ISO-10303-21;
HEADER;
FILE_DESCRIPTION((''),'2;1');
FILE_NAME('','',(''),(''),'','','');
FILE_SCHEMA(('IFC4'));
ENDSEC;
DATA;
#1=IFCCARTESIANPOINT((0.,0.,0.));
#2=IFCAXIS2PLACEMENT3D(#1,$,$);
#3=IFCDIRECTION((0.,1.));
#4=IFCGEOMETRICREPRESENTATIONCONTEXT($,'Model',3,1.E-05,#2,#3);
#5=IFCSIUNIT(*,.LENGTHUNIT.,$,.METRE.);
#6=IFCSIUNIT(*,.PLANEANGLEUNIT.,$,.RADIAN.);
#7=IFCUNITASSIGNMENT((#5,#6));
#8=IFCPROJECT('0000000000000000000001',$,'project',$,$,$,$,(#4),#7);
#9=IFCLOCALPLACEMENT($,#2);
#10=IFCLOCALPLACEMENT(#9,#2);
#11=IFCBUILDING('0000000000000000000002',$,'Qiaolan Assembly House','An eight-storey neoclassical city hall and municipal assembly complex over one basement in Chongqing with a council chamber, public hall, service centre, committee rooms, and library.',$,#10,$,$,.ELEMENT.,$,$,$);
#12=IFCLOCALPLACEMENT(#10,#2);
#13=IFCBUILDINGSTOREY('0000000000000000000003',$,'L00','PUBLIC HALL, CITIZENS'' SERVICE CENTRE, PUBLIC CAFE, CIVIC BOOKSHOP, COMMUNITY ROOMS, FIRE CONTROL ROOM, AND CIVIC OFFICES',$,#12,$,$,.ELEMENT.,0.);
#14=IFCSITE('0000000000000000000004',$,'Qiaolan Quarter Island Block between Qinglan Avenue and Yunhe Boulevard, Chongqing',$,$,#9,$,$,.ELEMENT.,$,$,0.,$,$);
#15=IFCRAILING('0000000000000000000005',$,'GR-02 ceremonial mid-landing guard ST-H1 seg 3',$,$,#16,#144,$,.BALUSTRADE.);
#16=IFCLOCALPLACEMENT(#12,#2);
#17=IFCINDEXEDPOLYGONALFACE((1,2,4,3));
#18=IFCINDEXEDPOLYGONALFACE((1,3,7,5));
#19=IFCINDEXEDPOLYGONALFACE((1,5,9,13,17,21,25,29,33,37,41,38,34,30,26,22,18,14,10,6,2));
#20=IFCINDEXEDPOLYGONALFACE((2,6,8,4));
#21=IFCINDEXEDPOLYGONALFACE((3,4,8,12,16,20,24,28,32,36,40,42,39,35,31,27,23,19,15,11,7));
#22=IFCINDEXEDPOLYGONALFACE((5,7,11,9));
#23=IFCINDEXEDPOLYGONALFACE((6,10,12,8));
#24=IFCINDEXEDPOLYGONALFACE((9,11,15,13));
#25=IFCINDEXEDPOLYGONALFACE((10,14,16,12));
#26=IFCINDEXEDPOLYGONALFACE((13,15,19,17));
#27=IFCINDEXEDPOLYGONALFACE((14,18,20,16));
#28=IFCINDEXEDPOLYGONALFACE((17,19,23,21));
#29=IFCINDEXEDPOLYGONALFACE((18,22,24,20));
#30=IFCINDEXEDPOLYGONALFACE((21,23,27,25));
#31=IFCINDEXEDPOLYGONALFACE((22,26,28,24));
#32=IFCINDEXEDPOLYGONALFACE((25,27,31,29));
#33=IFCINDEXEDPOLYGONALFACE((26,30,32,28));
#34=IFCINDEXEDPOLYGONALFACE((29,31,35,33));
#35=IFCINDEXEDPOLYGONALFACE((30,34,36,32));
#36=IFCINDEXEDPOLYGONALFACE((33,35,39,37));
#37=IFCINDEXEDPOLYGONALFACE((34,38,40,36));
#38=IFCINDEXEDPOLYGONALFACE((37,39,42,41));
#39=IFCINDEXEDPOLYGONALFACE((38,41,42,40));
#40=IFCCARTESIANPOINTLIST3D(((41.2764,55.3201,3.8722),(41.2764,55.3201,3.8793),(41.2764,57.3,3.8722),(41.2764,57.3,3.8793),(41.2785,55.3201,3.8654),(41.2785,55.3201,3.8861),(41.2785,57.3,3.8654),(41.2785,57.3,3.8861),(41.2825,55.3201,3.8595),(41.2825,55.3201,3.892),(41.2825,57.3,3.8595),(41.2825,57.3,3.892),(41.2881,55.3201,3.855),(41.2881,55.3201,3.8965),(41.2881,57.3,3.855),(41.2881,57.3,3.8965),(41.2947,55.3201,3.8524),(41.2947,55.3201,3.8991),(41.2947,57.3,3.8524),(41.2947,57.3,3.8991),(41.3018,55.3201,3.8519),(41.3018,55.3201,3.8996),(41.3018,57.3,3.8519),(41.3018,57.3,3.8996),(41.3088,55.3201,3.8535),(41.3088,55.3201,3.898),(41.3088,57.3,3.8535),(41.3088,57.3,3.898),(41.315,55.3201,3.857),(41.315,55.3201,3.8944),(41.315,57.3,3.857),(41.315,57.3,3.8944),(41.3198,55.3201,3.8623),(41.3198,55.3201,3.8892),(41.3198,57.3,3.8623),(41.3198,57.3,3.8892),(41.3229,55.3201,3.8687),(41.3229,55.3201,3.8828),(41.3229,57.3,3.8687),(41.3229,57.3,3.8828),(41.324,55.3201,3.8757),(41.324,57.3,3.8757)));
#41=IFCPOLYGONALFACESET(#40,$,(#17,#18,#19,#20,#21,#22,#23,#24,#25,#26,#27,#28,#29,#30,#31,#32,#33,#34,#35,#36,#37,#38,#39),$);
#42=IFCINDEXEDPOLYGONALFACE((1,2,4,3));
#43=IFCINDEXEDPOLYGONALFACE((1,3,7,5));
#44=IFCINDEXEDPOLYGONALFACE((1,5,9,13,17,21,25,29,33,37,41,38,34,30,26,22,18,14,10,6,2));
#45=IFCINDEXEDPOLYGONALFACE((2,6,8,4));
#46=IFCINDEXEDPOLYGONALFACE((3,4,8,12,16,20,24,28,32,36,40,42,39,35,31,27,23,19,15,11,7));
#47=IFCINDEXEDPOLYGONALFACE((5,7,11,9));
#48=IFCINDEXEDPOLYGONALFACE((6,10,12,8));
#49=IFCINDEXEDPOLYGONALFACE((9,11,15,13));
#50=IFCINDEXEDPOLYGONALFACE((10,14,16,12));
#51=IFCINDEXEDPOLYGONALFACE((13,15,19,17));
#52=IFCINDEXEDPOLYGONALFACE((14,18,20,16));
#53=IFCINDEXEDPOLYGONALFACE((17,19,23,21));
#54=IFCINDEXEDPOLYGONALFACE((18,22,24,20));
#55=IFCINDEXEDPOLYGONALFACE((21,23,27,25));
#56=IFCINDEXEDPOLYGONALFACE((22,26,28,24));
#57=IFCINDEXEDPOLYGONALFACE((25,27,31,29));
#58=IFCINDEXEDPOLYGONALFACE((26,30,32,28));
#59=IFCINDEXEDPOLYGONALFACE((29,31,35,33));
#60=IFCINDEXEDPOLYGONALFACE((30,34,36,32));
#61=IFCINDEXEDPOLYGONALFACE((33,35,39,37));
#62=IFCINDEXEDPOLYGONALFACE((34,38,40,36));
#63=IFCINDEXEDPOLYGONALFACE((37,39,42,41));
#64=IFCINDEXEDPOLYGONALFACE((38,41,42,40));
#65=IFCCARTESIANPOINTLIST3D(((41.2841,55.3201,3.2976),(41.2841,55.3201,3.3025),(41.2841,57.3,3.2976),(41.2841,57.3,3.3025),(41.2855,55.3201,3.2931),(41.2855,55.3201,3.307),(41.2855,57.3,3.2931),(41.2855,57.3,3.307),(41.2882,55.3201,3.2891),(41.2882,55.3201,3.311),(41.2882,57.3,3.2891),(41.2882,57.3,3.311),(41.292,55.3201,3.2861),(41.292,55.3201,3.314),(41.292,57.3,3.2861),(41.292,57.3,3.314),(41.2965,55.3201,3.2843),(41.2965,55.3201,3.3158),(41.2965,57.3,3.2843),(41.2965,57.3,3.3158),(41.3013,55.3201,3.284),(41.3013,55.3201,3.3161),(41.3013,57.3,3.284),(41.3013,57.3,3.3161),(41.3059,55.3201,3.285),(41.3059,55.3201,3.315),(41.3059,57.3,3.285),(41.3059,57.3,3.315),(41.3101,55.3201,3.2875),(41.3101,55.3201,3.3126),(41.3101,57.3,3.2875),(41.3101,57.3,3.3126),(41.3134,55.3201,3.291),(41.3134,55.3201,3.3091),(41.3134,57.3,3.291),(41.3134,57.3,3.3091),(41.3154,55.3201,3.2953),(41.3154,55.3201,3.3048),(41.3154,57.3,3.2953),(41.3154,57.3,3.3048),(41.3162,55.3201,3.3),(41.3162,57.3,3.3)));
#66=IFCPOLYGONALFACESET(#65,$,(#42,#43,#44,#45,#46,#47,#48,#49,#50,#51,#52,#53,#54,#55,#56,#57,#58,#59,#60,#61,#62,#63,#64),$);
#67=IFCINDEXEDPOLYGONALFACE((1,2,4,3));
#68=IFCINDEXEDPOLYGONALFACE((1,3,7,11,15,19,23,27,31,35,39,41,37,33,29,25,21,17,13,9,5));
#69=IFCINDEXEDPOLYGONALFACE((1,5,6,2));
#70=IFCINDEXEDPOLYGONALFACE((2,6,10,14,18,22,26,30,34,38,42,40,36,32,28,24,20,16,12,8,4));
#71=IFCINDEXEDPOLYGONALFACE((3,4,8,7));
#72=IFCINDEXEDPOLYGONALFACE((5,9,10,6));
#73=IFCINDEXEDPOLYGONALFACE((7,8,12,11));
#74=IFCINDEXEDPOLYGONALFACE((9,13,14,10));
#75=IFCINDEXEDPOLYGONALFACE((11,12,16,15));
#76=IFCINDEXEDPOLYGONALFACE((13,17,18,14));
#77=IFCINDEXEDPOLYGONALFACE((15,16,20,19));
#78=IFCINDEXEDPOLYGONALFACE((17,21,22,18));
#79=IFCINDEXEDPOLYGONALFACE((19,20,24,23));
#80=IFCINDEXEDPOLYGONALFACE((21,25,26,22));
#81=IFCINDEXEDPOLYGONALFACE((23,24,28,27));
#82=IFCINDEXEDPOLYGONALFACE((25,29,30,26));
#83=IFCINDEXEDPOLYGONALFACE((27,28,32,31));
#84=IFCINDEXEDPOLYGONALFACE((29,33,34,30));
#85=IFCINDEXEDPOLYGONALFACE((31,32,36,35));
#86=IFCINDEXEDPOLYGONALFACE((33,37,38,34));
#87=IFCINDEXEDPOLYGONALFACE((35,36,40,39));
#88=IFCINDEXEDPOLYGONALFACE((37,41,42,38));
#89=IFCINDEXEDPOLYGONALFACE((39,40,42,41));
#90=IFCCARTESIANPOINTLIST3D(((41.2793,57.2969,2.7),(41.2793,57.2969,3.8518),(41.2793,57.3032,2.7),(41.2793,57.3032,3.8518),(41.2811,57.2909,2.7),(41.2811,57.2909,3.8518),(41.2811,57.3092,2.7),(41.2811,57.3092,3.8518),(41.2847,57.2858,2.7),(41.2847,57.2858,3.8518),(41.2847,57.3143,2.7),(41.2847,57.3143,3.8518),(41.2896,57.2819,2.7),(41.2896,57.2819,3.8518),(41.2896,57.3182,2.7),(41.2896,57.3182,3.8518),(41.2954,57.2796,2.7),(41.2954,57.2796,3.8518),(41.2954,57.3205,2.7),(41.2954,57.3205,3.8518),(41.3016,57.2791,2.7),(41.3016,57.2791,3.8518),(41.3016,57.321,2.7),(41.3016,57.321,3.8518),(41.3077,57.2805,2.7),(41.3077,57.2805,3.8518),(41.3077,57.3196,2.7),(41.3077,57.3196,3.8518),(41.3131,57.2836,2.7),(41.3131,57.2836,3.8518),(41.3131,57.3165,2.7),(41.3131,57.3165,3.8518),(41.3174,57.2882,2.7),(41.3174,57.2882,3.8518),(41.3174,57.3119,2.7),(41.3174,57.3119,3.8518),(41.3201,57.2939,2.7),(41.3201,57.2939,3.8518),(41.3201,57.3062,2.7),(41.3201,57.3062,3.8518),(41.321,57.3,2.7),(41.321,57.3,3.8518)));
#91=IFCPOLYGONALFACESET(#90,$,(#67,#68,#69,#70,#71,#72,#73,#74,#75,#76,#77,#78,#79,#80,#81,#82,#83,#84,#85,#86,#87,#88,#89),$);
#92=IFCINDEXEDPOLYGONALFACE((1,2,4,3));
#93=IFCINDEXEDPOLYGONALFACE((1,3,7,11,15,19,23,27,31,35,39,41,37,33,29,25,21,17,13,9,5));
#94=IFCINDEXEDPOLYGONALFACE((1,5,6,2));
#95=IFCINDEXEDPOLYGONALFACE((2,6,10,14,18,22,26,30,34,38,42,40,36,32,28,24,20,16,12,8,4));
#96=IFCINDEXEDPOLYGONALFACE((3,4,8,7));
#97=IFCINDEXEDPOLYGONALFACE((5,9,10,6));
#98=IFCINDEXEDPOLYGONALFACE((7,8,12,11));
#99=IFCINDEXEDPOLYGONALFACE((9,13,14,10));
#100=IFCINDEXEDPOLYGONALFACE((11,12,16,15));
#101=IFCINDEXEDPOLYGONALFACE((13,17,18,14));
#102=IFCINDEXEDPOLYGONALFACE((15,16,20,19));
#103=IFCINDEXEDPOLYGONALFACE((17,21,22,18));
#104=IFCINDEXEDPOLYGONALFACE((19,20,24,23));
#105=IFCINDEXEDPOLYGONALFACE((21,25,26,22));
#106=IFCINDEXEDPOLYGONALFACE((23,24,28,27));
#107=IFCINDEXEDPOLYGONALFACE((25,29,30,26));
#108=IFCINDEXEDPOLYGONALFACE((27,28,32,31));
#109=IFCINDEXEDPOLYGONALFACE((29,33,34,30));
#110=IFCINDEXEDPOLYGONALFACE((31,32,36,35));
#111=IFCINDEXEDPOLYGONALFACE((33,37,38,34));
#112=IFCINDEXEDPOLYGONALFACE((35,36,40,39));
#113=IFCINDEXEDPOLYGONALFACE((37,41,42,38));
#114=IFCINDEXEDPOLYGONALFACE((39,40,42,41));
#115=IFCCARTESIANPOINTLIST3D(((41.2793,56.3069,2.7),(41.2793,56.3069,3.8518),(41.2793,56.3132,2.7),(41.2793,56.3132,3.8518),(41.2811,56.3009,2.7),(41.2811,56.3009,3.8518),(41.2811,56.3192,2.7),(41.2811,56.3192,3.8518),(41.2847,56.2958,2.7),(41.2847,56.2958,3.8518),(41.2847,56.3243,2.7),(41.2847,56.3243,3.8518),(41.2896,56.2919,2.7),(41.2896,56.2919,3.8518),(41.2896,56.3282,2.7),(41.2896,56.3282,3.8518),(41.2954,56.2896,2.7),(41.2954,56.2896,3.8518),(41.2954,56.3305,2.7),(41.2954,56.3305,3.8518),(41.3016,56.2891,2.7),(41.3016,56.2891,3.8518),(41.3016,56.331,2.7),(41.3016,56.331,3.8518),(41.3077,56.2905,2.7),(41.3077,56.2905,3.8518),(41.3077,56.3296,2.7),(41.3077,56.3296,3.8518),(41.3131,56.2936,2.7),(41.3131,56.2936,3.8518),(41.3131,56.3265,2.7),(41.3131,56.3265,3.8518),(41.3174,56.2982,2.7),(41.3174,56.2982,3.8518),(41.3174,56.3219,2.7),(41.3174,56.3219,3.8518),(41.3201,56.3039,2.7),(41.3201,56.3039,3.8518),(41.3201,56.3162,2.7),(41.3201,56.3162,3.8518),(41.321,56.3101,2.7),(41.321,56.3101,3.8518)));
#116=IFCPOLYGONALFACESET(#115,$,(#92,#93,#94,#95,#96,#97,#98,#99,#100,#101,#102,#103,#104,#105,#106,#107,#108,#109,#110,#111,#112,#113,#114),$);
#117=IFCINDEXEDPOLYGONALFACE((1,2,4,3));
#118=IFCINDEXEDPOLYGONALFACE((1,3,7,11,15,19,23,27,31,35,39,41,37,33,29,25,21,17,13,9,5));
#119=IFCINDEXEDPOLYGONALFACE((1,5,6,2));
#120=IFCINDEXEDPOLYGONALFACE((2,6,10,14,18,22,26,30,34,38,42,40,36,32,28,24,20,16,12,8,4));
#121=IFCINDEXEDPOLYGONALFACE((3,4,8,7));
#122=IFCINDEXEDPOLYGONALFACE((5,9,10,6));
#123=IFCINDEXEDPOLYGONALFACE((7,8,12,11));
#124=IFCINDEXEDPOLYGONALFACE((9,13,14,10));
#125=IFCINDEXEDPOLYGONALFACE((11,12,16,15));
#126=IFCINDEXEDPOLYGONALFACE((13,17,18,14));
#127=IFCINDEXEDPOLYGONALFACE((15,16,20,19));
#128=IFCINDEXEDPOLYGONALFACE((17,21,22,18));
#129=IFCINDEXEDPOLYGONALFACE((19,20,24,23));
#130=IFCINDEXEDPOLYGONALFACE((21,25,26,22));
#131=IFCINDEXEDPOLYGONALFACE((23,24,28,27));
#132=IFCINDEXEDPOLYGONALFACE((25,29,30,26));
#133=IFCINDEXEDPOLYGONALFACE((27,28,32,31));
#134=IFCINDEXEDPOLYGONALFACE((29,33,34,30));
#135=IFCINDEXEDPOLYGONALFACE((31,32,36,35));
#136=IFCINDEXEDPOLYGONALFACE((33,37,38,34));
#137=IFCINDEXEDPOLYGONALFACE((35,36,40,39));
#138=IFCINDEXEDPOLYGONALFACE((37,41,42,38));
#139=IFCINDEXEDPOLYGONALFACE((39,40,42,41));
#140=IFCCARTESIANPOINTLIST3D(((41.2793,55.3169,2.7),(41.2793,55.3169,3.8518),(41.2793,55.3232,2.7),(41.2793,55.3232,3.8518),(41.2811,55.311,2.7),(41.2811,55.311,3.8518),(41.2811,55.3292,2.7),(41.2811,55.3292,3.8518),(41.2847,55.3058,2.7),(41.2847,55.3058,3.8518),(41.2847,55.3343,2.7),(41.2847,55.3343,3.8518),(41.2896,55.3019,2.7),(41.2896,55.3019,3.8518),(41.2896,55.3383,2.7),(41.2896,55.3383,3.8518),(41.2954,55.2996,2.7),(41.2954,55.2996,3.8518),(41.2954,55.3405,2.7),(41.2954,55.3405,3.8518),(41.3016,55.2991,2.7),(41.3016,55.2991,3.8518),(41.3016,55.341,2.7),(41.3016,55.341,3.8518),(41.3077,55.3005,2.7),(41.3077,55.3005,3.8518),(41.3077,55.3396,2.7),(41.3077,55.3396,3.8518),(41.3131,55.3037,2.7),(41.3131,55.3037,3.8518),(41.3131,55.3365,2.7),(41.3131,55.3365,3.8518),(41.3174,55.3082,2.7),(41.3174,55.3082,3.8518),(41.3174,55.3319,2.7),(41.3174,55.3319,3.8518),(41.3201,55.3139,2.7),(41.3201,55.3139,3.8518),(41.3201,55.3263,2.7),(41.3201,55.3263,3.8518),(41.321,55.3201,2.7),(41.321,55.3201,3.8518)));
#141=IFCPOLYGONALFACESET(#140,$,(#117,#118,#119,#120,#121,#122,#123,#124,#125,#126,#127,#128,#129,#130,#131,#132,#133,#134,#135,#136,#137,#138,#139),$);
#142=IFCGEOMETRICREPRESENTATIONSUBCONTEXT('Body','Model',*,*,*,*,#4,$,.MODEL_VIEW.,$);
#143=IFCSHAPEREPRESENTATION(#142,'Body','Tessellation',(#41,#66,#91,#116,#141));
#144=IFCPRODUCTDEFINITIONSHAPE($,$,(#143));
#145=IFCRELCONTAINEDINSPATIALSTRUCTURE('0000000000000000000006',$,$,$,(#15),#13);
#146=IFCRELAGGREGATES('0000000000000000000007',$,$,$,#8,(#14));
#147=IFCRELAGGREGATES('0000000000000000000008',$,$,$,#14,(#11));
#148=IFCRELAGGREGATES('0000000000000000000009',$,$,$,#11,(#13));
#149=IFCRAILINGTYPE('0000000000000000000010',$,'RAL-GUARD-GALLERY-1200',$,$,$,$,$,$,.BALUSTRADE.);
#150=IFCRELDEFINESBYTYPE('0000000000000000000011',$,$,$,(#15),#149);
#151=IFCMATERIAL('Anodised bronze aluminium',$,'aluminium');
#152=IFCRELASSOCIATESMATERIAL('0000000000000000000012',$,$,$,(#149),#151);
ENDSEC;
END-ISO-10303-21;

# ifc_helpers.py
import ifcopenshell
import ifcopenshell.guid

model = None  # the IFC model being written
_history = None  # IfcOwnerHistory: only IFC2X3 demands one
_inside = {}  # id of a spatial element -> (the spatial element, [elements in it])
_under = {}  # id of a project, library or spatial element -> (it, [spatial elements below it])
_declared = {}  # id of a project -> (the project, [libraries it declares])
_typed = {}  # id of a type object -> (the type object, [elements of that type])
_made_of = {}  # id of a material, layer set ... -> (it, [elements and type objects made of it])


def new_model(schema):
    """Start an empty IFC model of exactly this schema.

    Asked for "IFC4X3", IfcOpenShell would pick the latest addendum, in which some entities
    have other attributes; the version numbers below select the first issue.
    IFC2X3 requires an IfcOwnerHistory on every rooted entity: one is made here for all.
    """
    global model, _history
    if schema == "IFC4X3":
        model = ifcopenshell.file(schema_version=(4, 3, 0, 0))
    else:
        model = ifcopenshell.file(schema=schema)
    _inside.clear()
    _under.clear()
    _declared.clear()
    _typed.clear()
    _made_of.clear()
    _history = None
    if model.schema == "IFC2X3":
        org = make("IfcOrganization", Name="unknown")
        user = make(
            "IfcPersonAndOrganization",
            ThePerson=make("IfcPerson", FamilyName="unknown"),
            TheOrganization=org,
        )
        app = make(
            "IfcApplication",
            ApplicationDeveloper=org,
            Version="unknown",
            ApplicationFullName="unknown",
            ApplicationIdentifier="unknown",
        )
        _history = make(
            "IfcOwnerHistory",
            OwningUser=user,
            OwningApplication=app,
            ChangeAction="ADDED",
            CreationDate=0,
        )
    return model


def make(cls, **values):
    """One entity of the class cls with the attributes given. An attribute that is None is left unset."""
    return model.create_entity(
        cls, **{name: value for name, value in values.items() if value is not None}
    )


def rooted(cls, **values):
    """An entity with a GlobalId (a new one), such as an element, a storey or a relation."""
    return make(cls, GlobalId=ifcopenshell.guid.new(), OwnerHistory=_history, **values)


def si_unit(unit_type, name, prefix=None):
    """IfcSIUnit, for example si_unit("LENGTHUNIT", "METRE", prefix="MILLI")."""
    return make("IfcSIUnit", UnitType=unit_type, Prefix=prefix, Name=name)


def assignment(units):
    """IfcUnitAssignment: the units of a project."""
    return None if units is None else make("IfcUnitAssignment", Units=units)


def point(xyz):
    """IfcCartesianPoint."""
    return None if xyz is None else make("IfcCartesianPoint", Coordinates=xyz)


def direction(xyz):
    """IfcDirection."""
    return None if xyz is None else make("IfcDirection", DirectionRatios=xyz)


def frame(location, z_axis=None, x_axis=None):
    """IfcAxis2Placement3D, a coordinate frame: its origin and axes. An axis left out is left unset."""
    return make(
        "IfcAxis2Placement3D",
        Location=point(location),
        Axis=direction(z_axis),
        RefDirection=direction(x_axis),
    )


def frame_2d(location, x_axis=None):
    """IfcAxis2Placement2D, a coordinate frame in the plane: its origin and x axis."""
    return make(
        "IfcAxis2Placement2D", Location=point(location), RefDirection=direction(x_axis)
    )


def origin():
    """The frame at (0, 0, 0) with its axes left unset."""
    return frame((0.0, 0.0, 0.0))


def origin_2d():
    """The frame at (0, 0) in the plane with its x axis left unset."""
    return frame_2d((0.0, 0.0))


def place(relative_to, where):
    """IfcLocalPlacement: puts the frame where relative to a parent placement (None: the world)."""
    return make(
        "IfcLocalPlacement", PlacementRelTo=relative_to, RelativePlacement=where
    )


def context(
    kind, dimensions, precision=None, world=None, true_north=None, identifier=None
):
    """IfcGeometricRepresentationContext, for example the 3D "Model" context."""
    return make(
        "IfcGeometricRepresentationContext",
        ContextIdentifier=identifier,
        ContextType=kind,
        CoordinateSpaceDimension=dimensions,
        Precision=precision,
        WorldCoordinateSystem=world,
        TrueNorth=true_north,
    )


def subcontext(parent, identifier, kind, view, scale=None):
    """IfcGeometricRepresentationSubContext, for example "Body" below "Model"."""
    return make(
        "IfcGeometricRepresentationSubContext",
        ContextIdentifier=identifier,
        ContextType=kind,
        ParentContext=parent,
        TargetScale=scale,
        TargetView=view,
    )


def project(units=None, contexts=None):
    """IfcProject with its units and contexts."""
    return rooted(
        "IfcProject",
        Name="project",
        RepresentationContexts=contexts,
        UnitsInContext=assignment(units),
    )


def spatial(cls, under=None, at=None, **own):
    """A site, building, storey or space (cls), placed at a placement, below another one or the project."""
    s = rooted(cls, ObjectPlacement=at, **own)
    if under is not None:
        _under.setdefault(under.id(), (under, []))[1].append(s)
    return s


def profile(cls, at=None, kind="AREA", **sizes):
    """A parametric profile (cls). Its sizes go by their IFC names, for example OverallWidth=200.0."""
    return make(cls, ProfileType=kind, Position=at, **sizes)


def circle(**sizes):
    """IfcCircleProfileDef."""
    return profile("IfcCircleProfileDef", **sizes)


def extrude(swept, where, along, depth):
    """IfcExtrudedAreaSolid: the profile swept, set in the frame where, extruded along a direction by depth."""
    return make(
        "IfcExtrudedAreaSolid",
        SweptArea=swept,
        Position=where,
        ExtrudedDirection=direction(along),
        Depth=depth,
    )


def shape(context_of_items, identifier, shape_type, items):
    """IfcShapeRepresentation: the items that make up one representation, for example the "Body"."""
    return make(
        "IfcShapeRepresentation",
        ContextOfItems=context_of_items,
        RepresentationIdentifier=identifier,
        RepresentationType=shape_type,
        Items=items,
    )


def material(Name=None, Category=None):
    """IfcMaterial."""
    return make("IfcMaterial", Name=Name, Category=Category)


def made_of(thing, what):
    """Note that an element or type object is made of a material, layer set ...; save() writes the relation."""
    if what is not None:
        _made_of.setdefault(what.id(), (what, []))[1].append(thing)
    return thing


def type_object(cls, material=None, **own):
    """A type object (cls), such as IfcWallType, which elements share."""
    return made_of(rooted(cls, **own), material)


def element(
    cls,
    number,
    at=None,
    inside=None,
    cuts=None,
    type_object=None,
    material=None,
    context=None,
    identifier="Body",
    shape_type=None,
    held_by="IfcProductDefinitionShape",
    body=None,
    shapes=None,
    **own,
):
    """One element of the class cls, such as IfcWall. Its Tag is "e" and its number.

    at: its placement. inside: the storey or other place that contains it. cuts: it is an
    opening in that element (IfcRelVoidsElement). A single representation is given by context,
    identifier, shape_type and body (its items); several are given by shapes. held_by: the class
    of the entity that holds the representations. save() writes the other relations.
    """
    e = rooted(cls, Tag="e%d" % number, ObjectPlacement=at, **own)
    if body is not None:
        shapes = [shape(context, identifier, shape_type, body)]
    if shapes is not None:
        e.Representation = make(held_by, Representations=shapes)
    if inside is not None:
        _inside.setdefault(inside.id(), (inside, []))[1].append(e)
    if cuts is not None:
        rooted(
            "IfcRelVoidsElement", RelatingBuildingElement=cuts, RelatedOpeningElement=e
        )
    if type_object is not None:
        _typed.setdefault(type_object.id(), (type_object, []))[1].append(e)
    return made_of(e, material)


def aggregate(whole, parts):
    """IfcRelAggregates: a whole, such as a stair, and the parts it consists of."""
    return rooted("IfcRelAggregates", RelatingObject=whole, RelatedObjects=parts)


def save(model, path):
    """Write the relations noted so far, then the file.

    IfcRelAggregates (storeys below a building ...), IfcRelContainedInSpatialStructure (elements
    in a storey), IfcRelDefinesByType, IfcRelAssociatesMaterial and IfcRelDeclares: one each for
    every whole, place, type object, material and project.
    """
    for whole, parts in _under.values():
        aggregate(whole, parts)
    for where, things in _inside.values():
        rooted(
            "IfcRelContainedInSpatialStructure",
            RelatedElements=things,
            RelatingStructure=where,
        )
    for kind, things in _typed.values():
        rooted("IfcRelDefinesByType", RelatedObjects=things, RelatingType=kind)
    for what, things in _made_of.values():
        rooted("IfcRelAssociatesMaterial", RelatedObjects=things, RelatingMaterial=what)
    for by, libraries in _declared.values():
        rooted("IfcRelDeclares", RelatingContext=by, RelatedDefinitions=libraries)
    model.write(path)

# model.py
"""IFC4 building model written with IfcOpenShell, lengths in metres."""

from ifc_helpers import new_model, si_unit, direction, frame, origin, origin_2d, place, context, subcontext, project, spatial, circle, extrude, material, type_object, element, save


model = new_model("IFC4")

# Units and contexts
model_context = context("Model", 3, precision=1e-05, world=origin(), true_north=direction((0.0, 1.0)))
body_context = subcontext(model_context, "Body", "Model", "MODEL_VIEW")
ifc_project = project(units=[si_unit("LENGTHUNIT", "METRE"), si_unit("PLANEANGLEUNIT", "RADIAN")], contexts=[model_context])

# Site, building, storey
site_placement = place(None, origin())
site = spatial("IfcSite", under=ifc_project, at=site_placement, Name="Qiaolan Quarter Island Block between Qinglan Avenue and Yunhe Boulevard, Chongqing", CompositionType="ELEMENT", RefElevation=0.0)
building_placement = place(site_placement, origin())
building = spatial("IfcBuilding", under=site, at=building_placement, Name="Qiaolan Assembly House", Description="An eight-storey neoclassical city hall and municipal assembly complex over one basement in Chongqing with a council chamber, public hall, service centre, committee rooms, and library.", CompositionType="ELEMENT")
storey_placement = place(building_placement, origin())
storey = spatial("IfcBuildingStorey", under=building, at=storey_placement, Name="L00", Description="PUBLIC HALL, CITIZENS' SERVICE CENTRE, PUBLIC CAFE, CIVIC BOOKSHOP, COMMUNITY ROOMS, FIRE CONTROL ROOM, AND CIVIC OFFICES", CompositionType="ELEMENT", Elevation=0.0)

# Railing
ifc_material_1 = material(Name="Anodised bronze aluminium", Category="aluminium")
railing_type = type_object("IfcRailingType", Name="RAL-GUARD-GALLERY-1200", PredefinedType="BALUSTRADE", material=ifc_material_1)
railing_1_placement = place(storey_placement, frame((41.3, 57.3, 2.7)))
element("IfcRailing", 1, at=railing_1_placement, inside=storey, type_object=railing_type, Name="GR-02 ceremonial mid-landing guard ST-H1 seg 3", PredefinedType="BALUSTRADE", context=body_context, shape_type="SweptSolid", body=[
    extrude(circle(Radius=0.0239, at=origin_2d()), frame((0.0, 0.0, 1.1758), z_axis=(0.0, -1.0, 0.0), x_axis=(1.0, 0.0, 0.0)), (0.0, 0.0, 1.0), 1.98),
    extrude(circle(Radius=0.0161, at=origin_2d()), frame((0.0, 0.0, 0.6001), z_axis=(0.0, -1.0, 0.0), x_axis=(1.0, 0.0, 0.0)), (0.0, 0.0, 1.0), 1.98),
    extrude(circle(Radius=0.021, at=origin_2d()), origin(), (0.0, 0.0, 1.0), 1.1519),
    extrude(circle(Radius=0.021, at=origin_2d()), frame((0.0, -0.99, 0.0)), (0.0, 0.0, 1.0), 1.1519),
    extrude(circle(Radius=0.021, at=origin_2d()), frame((0.0, -1.98, 0.0)), (0.0, 0.0, 1.0), 1.1519),
])

save(model, "model.ifc")
